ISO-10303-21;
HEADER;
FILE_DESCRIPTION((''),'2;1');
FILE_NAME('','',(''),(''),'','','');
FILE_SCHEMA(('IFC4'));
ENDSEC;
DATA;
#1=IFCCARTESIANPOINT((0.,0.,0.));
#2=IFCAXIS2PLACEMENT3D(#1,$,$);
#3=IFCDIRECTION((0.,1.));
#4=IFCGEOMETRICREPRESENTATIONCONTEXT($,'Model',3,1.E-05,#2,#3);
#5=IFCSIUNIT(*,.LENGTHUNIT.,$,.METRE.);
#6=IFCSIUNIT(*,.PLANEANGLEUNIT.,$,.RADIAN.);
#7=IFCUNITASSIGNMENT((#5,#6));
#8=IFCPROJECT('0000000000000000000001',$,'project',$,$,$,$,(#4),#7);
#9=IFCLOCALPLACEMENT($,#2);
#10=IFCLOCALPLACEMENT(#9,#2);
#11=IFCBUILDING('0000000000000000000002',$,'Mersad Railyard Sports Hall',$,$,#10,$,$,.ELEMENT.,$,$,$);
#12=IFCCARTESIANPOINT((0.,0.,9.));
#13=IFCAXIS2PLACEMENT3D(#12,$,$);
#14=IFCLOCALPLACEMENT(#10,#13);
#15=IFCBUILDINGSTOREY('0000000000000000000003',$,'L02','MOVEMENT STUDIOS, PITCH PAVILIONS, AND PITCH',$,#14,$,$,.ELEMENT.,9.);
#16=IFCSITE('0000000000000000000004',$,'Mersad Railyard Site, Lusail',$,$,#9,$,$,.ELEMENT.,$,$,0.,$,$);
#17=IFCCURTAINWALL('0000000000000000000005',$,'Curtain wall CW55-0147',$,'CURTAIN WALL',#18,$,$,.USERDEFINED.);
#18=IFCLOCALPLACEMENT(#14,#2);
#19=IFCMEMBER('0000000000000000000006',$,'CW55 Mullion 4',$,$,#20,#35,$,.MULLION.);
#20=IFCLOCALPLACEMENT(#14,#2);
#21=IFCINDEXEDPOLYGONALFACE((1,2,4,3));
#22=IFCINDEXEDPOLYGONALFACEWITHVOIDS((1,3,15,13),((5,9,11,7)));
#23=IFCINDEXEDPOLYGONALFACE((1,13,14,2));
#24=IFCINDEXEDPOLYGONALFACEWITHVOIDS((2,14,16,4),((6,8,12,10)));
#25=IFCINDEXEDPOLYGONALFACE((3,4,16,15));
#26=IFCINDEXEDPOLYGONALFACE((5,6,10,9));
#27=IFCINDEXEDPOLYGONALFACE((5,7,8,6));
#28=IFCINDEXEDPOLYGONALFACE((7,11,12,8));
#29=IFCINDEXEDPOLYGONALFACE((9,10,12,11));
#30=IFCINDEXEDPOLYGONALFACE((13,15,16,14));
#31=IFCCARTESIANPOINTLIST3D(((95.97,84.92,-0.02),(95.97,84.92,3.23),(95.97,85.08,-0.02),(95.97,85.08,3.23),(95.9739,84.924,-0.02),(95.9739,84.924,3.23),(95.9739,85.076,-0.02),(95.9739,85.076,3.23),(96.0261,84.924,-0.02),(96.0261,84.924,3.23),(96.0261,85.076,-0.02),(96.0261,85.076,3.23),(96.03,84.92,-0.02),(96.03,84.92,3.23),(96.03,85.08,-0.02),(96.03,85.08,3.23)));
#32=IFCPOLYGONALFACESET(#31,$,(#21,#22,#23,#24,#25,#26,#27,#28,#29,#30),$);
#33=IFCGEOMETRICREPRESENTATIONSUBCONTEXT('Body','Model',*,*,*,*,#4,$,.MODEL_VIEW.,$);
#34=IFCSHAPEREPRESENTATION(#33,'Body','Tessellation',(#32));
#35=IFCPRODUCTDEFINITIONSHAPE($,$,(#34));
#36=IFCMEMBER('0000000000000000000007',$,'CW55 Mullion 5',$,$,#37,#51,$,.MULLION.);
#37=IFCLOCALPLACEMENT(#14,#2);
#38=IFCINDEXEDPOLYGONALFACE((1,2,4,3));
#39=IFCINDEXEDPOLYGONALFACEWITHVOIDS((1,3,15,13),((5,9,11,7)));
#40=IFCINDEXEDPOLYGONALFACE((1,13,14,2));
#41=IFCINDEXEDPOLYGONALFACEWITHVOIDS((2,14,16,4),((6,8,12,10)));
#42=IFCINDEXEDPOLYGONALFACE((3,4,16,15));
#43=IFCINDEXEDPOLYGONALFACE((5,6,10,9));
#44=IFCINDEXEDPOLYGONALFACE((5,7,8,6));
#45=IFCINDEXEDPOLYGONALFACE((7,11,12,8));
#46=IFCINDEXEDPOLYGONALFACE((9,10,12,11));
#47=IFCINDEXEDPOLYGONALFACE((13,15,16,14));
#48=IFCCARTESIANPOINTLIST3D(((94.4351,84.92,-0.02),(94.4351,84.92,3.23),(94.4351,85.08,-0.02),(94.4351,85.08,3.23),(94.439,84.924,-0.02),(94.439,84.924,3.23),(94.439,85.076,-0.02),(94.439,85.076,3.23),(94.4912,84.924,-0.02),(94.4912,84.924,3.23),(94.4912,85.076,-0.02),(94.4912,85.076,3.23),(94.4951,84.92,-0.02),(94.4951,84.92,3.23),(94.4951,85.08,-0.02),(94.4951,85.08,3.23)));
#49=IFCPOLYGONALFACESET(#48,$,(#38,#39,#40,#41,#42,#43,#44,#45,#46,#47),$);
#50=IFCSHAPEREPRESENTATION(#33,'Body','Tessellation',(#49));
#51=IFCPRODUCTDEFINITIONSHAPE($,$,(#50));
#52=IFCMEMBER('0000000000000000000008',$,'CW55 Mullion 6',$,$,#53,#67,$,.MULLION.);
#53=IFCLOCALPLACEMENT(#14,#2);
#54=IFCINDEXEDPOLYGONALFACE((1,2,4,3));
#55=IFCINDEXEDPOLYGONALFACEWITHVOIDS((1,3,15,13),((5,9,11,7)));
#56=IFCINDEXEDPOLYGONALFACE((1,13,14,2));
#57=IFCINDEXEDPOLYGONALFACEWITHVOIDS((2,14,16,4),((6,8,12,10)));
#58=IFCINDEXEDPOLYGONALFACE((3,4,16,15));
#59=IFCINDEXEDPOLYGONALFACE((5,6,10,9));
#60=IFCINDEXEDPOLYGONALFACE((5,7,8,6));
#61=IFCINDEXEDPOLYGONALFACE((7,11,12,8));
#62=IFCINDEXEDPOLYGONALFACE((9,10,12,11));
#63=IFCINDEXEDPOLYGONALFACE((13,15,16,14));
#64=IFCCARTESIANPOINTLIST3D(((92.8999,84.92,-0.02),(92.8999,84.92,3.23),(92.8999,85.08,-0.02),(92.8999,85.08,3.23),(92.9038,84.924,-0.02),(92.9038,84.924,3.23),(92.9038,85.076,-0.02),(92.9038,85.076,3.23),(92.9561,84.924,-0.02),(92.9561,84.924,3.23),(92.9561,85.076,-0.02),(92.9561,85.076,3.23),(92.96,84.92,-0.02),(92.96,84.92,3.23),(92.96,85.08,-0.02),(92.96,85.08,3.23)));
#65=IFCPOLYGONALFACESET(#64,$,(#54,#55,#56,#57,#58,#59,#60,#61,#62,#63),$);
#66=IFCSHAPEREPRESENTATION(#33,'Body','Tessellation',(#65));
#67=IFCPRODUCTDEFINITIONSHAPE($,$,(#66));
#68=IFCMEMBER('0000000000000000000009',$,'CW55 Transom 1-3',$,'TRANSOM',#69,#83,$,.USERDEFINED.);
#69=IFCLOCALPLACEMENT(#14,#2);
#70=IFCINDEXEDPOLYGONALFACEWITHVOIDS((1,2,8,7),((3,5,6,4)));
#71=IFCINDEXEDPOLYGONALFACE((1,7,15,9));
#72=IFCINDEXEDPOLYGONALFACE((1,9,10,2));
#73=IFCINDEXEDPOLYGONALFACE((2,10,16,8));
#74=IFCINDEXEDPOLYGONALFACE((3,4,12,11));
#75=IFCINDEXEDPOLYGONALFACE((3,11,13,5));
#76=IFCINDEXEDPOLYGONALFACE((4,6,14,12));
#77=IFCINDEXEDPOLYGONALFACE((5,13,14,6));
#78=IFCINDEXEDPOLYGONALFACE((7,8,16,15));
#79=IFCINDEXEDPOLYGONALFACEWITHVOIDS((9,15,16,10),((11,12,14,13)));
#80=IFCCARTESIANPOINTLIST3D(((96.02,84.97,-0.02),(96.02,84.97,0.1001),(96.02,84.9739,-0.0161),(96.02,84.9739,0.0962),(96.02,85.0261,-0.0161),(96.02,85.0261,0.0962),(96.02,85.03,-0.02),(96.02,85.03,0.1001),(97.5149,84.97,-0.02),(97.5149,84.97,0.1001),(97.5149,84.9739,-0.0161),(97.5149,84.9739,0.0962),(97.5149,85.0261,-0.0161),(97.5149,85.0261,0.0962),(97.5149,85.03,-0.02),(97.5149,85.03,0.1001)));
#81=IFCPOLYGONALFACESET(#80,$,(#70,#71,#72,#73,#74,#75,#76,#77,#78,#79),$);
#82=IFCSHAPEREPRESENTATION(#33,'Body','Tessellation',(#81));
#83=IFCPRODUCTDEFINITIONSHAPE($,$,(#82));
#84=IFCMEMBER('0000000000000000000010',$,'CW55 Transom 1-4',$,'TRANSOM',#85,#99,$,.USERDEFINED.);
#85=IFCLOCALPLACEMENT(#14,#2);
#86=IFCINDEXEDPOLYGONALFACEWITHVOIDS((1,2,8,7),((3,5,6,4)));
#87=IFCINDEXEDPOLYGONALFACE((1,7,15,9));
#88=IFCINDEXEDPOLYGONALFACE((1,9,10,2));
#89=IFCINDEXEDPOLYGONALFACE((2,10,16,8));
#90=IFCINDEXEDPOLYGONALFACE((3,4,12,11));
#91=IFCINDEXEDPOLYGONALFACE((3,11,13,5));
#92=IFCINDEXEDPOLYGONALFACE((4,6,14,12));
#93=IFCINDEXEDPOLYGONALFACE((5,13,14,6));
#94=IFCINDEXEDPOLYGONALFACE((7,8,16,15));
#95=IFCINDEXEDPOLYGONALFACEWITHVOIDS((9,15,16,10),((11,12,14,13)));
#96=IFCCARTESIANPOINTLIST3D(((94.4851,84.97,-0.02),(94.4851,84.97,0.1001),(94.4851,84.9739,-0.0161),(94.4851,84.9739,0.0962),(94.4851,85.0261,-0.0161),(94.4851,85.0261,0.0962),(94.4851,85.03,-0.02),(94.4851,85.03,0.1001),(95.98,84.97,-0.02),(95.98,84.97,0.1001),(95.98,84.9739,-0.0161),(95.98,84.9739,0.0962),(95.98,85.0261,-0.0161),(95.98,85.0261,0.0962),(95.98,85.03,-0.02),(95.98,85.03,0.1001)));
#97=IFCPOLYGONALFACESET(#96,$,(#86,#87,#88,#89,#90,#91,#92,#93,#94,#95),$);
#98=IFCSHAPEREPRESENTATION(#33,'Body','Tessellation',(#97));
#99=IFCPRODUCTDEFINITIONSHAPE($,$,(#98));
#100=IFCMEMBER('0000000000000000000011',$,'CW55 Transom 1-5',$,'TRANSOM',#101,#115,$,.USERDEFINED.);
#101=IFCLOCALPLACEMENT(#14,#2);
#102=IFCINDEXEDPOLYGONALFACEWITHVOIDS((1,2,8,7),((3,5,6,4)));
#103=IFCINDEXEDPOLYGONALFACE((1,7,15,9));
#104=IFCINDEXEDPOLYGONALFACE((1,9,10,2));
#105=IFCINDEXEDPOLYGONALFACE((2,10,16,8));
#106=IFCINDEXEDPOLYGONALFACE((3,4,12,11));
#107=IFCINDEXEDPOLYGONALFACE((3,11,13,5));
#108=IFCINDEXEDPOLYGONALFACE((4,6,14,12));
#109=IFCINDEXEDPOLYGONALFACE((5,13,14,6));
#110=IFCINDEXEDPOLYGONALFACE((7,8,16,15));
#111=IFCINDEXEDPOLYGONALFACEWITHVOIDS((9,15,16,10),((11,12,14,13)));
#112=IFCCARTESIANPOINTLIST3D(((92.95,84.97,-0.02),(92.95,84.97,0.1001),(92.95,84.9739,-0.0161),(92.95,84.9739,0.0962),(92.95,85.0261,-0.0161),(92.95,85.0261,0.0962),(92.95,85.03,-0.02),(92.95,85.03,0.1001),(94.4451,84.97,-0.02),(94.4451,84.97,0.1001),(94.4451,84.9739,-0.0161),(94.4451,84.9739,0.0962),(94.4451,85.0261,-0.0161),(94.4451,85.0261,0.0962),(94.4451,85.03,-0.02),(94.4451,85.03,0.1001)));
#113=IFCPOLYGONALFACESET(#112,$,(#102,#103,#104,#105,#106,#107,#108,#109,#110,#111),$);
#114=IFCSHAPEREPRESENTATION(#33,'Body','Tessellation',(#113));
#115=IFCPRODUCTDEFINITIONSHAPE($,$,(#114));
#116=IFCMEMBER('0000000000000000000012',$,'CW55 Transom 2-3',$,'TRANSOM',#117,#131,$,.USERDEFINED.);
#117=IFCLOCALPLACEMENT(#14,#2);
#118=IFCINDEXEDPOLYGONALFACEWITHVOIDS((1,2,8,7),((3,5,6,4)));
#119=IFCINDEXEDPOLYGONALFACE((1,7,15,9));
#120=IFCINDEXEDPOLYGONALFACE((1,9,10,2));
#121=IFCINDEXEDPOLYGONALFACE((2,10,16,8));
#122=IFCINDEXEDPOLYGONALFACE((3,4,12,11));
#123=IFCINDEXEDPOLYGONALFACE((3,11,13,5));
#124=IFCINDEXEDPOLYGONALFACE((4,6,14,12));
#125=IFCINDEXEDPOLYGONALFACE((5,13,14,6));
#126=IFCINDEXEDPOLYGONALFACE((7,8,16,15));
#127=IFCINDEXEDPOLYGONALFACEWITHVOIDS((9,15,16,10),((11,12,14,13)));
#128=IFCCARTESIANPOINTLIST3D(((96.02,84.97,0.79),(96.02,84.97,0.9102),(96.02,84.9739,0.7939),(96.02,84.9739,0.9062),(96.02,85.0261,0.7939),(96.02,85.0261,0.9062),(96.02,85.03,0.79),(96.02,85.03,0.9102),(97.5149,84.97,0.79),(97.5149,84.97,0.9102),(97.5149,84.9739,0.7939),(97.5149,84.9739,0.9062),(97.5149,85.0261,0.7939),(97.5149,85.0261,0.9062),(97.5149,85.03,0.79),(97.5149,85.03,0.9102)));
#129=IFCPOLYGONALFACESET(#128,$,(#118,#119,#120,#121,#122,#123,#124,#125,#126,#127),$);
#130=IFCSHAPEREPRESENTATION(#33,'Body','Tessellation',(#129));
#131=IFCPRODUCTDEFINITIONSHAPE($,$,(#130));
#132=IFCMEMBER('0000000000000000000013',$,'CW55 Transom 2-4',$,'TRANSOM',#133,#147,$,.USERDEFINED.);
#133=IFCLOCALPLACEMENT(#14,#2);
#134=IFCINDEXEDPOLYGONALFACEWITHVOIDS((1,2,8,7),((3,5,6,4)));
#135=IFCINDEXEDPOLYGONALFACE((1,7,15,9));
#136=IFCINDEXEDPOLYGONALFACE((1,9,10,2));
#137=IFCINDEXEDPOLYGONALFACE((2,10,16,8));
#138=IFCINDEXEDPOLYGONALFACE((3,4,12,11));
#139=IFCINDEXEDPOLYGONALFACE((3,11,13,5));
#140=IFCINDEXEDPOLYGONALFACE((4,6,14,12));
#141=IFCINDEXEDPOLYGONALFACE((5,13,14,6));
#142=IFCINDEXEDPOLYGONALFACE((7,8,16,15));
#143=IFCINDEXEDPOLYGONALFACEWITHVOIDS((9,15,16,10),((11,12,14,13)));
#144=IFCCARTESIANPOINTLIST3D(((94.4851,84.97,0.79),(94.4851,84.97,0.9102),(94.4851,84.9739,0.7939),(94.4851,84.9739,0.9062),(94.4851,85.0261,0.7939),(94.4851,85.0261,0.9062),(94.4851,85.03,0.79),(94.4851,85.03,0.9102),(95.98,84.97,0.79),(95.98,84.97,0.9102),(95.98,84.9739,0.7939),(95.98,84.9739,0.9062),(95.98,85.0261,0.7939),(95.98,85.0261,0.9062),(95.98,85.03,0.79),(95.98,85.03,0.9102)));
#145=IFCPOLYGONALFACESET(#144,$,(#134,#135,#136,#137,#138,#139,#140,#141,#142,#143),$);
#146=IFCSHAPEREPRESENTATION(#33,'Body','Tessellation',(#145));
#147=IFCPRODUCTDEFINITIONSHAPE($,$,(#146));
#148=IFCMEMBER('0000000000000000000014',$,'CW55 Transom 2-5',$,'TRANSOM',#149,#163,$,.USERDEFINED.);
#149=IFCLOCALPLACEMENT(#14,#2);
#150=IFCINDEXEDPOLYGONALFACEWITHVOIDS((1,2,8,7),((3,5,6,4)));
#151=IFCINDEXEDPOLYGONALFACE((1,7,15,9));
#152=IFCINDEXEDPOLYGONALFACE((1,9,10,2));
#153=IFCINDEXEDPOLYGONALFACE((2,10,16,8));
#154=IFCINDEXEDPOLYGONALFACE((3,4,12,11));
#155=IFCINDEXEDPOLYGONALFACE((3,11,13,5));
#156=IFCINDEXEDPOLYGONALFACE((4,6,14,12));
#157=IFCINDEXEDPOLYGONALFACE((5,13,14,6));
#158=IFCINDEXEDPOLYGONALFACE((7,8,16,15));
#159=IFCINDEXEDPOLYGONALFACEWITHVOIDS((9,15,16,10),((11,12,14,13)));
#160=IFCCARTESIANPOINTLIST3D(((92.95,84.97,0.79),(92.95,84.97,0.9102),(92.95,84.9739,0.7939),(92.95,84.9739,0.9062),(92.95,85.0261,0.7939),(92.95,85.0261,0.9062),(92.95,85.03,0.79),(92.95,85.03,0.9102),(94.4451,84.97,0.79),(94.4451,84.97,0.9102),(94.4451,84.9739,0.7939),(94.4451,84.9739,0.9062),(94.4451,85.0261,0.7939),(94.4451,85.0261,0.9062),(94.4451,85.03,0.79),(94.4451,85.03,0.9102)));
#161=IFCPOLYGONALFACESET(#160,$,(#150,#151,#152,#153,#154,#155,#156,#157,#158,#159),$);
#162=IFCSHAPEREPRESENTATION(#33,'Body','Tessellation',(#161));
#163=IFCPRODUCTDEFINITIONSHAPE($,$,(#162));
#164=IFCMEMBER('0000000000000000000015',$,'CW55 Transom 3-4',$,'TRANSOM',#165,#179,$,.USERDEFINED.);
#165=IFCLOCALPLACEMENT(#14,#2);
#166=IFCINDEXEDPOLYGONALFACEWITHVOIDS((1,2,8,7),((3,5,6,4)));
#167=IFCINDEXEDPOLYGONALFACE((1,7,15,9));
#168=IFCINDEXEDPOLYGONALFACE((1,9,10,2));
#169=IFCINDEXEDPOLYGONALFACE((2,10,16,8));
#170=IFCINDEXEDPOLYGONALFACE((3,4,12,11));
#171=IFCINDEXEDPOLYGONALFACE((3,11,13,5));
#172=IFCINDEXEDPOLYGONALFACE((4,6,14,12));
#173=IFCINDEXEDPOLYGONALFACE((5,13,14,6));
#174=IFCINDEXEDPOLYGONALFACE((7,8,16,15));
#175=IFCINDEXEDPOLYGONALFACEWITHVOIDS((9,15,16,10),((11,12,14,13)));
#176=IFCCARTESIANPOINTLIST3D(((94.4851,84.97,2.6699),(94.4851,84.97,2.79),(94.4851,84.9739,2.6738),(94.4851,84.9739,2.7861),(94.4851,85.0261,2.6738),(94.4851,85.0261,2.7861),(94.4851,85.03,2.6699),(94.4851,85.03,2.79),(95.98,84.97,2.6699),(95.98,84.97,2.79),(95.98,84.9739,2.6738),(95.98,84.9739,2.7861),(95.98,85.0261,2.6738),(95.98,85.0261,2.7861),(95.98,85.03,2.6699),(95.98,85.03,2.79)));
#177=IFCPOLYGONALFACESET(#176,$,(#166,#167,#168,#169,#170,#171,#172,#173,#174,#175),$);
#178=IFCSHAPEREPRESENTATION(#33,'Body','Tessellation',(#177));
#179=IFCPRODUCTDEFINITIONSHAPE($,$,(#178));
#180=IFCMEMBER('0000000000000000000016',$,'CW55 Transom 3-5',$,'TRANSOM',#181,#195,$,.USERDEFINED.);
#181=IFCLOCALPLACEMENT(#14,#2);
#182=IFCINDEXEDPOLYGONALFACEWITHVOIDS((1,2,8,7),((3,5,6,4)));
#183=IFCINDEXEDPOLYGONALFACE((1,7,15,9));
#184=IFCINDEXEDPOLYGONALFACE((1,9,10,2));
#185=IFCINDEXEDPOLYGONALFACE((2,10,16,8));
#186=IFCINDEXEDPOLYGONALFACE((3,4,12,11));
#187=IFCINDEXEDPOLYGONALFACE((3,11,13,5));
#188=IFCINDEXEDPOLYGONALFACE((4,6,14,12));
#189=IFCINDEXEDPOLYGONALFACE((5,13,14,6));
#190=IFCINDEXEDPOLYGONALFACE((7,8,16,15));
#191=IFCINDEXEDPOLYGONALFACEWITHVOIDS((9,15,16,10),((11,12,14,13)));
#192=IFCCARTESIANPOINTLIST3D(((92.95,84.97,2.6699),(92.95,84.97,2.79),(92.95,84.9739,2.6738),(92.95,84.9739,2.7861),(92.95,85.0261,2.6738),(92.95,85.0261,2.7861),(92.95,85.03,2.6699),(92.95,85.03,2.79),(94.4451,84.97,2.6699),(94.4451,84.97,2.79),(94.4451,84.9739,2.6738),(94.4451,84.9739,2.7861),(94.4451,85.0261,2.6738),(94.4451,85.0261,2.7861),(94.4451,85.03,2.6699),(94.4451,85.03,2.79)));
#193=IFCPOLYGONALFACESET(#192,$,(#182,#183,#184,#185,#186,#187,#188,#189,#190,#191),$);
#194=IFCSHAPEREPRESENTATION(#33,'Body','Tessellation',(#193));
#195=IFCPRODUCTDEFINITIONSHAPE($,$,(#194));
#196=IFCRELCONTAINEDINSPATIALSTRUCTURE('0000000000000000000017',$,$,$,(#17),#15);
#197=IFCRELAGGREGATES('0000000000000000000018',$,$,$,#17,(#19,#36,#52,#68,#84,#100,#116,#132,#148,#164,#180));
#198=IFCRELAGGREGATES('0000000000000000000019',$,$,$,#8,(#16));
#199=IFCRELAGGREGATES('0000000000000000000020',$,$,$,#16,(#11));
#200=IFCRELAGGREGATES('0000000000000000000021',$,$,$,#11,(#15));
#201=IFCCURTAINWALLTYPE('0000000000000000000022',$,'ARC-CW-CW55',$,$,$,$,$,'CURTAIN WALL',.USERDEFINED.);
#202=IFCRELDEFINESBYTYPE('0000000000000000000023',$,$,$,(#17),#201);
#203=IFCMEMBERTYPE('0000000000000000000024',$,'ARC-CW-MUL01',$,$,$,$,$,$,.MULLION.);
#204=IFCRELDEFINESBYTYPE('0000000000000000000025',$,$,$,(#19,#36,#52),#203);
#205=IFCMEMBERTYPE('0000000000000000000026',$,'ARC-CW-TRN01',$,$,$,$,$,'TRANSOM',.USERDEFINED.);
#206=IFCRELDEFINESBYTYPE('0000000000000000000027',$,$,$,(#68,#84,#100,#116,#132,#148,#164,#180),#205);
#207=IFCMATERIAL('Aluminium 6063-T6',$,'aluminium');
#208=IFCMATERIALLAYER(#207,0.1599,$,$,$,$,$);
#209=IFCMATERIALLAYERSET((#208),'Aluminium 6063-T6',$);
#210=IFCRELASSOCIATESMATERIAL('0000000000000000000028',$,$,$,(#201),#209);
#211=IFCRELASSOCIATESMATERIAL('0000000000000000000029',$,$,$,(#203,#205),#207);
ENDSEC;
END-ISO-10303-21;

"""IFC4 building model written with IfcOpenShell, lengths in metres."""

from ifc_helpers import new_model, si_unit, direction, frame, origin, origin_2d, place, context, subcontext, project, spatial, hollow_rectangle, extrude, material, layer, layer_set, material_profile, profile_set, type_object, element, aggregate, save


model = new_model("IFC4")

# Units and contexts
model_context = context("Model", 3, precision=1e-05, world=origin(), true_north=direction((0.0, 1.0)))
body_context = subcontext(model_context, "Body", "Model", "MODEL_VIEW")
ifc_project = project(units=[si_unit("LENGTHUNIT", "METRE"), si_unit("PLANEANGLEUNIT", "RADIAN")], contexts=[model_context])

# Site, building, storey
site_placement = place(None, origin())
site = spatial("IfcSite", under=ifc_project, at=site_placement, Name="Mersad Railyard Site, Lusail", CompositionType="ELEMENT", RefElevation=0.0)
building_placement = place(site_placement, origin())
building = spatial("IfcBuilding", under=site, at=building_placement, Name="Mersad Railyard Sports Hall", CompositionType="ELEMENT")
storey_placement = place(building_placement, frame((0.0, 0.0, 9.0)))
storey = spatial("IfcBuildingStorey", under=building, at=storey_placement, Name="L02", Description="MOVEMENT STUDIOS, PITCH PAVILIONS, AND PITCH", CompositionType="ELEMENT", Elevation=9.0)

# Curtain wall, members
ifc_material_1 = material(Name="Aluminium 6063-T6", Category="aluminium")
ifc_layer_1 = layer(ifc_material_1, 0.1599)
ifc_layer_set_1 = layer_set([ifc_layer_1], Name="Aluminium 6063-T6")
curtain_wall_type = type_object("IfcCurtainWallType", Name="ARC-CW-CW55", ElementType="CURTAIN WALL", PredefinedType="USERDEFINED", material=ifc_layer_set_1)
curtain_wall_placement = place(storey_placement, origin())
curtain_wall = element("IfcCurtainWall", 1, at=curtain_wall_placement, inside=storey, type_object=curtain_wall_type, Name="Curtain wall CW55-0147", ObjectType="CURTAIN WALL", PredefinedType="USERDEFINED")
ifc_material_profile_1 = material_profile(ifc_material_1, hollow_rectangle(XDim=0.0601, YDim=0.1599, WallThickness=0.0039, at=origin_2d()), Name="AL MULLION 60x160x4")
ifc_profile_set_1 = profile_set([ifc_material_profile_1], Name="Aluminium 6063-T6")
member_type_1 = type_object("IfcMemberType", Name="ARC-CW-MUL01", PredefinedType="MULLION", material=ifc_profile_set_1)
member_1_placement = place(storey_placement, frame((96.0, 85.0, -0.02), z_axis=(0.0, 0.0, 1.0), x_axis=(1.0, 0.0, 0.0)))
member_1 = element("IfcMember", 2, at=member_1_placement, type_object=member_type_1, Name="CW55 Mullion 4", PredefinedType="MULLION", context=body_context, shape_type="SweptSolid", body=[
    extrude(hollow_rectangle(XDim=0.0601, YDim=0.1599, WallThickness=0.0039, at=origin_2d()), origin(), (0.0, 0.0, 1.0), 3.25),
])
member_2_placement = place(storey_placement, frame((94.4651, 85.0, -0.02), z_axis=(0.0, 0.0, 1.0), x_axis=(1.0, 0.0, 0.0)))
member_2 = element("IfcMember", 3, at=member_2_placement, type_object=member_type_1, Name="CW55 Mullion 5", PredefinedType="MULLION", context=body_context, shape_type="SweptSolid", body=[
    extrude(hollow_rectangle(XDim=0.0601, YDim=0.1599, WallThickness=0.0039, at=origin_2d()), origin(), (0.0, 0.0, 1.0), 3.25),
])
member_3_placement = place(storey_placement, frame((92.9299, 85.0, -0.02), z_axis=(0.0, 0.0, 1.0), x_axis=(1.0, 0.0, 0.0)))
member_3 = element("IfcMember", 4, at=member_3_placement, type_object=member_type_1, Name="CW55 Mullion 6", PredefinedType="MULLION", context=body_context, shape_type="SweptSolid", body=[
    extrude(hollow_rectangle(XDim=0.0601, YDim=0.1599, WallThickness=0.0039, at=origin_2d()), origin(), (0.0, 0.0, 1.0), 3.25),
])
ifc_material_profile_2 = material_profile(ifc_material_1, hollow_rectangle(XDim=0.0601, YDim=0.1201, WallThickness=0.0039, at=origin_2d()), Name="AL TRANSOM 60x120x4")
ifc_profile_set_2 = profile_set([ifc_material_profile_2], Name="Aluminium 6063-T6")
member_type_2 = type_object("IfcMemberType", Name="ARC-CW-TRN01", ElementType="TRANSOM", PredefinedType="USERDEFINED", material=ifc_profile_set_2)
member_4_placement = place(storey_placement, frame((97.5149, 85.0, 0.04), z_axis=(-1.0, 0.0, 0.0), x_axis=(0.0, -1.0, 0.0)))
member_4 = element("IfcMember", 5, at=member_4_placement, type_object=member_type_2, Name="CW55 Transom 1-3", ObjectType="TRANSOM", PredefinedType="USERDEFINED", context=body_context, shape_type="SweptSolid", body=[
    extrude(hollow_rectangle(XDim=0.0601, YDim=0.1201, WallThickness=0.0039, at=origin_2d()), origin(), (0.0, 0.0, 1.0), 1.4949),
])
member_5_placement = place(storey_placement, frame((95.98, 85.0, 0.04), z_axis=(-1.0, 0.0, 0.0), x_axis=(0.0, -1.0, 0.0)))
member_5 = element("IfcMember", 6, at=member_5_placement, type_object=member_type_2, Name="CW55 Transom 1-4", ObjectType="TRANSOM", PredefinedType="USERDEFINED", context=body_context, shape_type="SweptSolid", body=[
    extrude(hollow_rectangle(XDim=0.0601, YDim=0.1201, WallThickness=0.0039, at=origin_2d()), origin(), (0.0, 0.0, 1.0), 1.4949),
])
member_6_placement = place(storey_placement, frame((94.4451, 85.0, 0.04), z_axis=(-1.0, 0.0, 0.0), x_axis=(0.0, -1.0, 0.0)))
member_6 = element("IfcMember", 7, at=member_6_placement, type_object=member_type_2, Name="CW55 Transom 1-5", ObjectType="TRANSOM", PredefinedType="USERDEFINED", context=body_context, shape_type="SweptSolid", body=[
    extrude(hollow_rectangle(XDim=0.0601, YDim=0.1201, WallThickness=0.0039, at=origin_2d()), origin(), (0.0, 0.0, 1.0), 1.4951),
])
member_7_placement = place(storey_placement, frame((97.5149, 85.0, 0.8501), z_axis=(-1.0, 0.0, 0.0), x_axis=(0.0, -1.0, 0.0)))
member_7 = element("IfcMember", 8, at=member_7_placement, type_object=member_type_2, Name="CW55 Transom 2-3", ObjectType="TRANSOM", PredefinedType="USERDEFINED", context=body_context, shape_type="SweptSolid", body=[
    extrude(hollow_rectangle(XDim=0.0601, YDim=0.1201, WallThickness=0.0039, at=origin_2d()), origin(), (0.0, 0.0, 1.0), 1.4949),
])
member_8_placement = place(storey_placement, frame((95.98, 85.0, 0.8501), z_axis=(-1.0, 0.0, 0.0), x_axis=(0.0, -1.0, 0.0)))
member_8 = element("IfcMember", 9, at=member_8_placement, type_object=member_type_2, Name="CW55 Transom 2-4", ObjectType="TRANSOM", PredefinedType="USERDEFINED", context=body_context, shape_type="SweptSolid", body=[
    extrude(hollow_rectangle(XDim=0.0601, YDim=0.1201, WallThickness=0.0039, at=origin_2d()), origin(), (0.0, 0.0, 1.0), 1.4949),
])
member_9_placement = place(storey_placement, frame((94.4451, 85.0, 0.8501), z_axis=(-1.0, 0.0, 0.0), x_axis=(0.0, -1.0, 0.0)))
member_9 = element("IfcMember", 10, at=member_9_placement, type_object=member_type_2, Name="CW55 Transom 2-5", ObjectType="TRANSOM", PredefinedType="USERDEFINED", context=body_context, shape_type="SweptSolid", body=[
    extrude(hollow_rectangle(XDim=0.0601, YDim=0.1201, WallThickness=0.0039, at=origin_2d()), origin(), (0.0, 0.0, 1.0), 1.4951),
])
member_10_placement = place(storey_placement, frame((95.98, 85.0, 2.73), z_axis=(-1.0, 0.0, 0.0), x_axis=(0.0, -1.0, 0.0)))
member_10 = element("IfcMember", 11, at=member_10_placement, type_object=member_type_2, Name="CW55 Transom 3-4", ObjectType="TRANSOM", PredefinedType="USERDEFINED", context=body_context, shape_type="SweptSolid", body=[
    extrude(hollow_rectangle(XDim=0.0601, YDim=0.1201, WallThickness=0.0039, at=origin_2d()), origin(), (0.0, 0.0, 1.0), 1.4949),
])
member_11_placement = place(storey_placement, frame((94.4451, 85.0, 2.73), z_axis=(-1.0, 0.0, 0.0), x_axis=(0.0, -1.0, 0.0)))
member_11 = element("IfcMember", 12, at=member_11_placement, type_object=member_type_2, Name="CW55 Transom 3-5", ObjectType="TRANSOM", PredefinedType="USERDEFINED", context=body_context, shape_type="SweptSolid", body=[
    extrude(hollow_rectangle(XDim=0.0601, YDim=0.1201, WallThickness=0.0039, at=origin_2d()), origin(), (0.0, 0.0, 1.0), 1.4951),
])
aggregate(curtain_wall, [member_1, member_2, member_3, member_4, member_5, member_6, member_7, member_8, member_9, member_10, member_11])

save(model, "model.ifc")
